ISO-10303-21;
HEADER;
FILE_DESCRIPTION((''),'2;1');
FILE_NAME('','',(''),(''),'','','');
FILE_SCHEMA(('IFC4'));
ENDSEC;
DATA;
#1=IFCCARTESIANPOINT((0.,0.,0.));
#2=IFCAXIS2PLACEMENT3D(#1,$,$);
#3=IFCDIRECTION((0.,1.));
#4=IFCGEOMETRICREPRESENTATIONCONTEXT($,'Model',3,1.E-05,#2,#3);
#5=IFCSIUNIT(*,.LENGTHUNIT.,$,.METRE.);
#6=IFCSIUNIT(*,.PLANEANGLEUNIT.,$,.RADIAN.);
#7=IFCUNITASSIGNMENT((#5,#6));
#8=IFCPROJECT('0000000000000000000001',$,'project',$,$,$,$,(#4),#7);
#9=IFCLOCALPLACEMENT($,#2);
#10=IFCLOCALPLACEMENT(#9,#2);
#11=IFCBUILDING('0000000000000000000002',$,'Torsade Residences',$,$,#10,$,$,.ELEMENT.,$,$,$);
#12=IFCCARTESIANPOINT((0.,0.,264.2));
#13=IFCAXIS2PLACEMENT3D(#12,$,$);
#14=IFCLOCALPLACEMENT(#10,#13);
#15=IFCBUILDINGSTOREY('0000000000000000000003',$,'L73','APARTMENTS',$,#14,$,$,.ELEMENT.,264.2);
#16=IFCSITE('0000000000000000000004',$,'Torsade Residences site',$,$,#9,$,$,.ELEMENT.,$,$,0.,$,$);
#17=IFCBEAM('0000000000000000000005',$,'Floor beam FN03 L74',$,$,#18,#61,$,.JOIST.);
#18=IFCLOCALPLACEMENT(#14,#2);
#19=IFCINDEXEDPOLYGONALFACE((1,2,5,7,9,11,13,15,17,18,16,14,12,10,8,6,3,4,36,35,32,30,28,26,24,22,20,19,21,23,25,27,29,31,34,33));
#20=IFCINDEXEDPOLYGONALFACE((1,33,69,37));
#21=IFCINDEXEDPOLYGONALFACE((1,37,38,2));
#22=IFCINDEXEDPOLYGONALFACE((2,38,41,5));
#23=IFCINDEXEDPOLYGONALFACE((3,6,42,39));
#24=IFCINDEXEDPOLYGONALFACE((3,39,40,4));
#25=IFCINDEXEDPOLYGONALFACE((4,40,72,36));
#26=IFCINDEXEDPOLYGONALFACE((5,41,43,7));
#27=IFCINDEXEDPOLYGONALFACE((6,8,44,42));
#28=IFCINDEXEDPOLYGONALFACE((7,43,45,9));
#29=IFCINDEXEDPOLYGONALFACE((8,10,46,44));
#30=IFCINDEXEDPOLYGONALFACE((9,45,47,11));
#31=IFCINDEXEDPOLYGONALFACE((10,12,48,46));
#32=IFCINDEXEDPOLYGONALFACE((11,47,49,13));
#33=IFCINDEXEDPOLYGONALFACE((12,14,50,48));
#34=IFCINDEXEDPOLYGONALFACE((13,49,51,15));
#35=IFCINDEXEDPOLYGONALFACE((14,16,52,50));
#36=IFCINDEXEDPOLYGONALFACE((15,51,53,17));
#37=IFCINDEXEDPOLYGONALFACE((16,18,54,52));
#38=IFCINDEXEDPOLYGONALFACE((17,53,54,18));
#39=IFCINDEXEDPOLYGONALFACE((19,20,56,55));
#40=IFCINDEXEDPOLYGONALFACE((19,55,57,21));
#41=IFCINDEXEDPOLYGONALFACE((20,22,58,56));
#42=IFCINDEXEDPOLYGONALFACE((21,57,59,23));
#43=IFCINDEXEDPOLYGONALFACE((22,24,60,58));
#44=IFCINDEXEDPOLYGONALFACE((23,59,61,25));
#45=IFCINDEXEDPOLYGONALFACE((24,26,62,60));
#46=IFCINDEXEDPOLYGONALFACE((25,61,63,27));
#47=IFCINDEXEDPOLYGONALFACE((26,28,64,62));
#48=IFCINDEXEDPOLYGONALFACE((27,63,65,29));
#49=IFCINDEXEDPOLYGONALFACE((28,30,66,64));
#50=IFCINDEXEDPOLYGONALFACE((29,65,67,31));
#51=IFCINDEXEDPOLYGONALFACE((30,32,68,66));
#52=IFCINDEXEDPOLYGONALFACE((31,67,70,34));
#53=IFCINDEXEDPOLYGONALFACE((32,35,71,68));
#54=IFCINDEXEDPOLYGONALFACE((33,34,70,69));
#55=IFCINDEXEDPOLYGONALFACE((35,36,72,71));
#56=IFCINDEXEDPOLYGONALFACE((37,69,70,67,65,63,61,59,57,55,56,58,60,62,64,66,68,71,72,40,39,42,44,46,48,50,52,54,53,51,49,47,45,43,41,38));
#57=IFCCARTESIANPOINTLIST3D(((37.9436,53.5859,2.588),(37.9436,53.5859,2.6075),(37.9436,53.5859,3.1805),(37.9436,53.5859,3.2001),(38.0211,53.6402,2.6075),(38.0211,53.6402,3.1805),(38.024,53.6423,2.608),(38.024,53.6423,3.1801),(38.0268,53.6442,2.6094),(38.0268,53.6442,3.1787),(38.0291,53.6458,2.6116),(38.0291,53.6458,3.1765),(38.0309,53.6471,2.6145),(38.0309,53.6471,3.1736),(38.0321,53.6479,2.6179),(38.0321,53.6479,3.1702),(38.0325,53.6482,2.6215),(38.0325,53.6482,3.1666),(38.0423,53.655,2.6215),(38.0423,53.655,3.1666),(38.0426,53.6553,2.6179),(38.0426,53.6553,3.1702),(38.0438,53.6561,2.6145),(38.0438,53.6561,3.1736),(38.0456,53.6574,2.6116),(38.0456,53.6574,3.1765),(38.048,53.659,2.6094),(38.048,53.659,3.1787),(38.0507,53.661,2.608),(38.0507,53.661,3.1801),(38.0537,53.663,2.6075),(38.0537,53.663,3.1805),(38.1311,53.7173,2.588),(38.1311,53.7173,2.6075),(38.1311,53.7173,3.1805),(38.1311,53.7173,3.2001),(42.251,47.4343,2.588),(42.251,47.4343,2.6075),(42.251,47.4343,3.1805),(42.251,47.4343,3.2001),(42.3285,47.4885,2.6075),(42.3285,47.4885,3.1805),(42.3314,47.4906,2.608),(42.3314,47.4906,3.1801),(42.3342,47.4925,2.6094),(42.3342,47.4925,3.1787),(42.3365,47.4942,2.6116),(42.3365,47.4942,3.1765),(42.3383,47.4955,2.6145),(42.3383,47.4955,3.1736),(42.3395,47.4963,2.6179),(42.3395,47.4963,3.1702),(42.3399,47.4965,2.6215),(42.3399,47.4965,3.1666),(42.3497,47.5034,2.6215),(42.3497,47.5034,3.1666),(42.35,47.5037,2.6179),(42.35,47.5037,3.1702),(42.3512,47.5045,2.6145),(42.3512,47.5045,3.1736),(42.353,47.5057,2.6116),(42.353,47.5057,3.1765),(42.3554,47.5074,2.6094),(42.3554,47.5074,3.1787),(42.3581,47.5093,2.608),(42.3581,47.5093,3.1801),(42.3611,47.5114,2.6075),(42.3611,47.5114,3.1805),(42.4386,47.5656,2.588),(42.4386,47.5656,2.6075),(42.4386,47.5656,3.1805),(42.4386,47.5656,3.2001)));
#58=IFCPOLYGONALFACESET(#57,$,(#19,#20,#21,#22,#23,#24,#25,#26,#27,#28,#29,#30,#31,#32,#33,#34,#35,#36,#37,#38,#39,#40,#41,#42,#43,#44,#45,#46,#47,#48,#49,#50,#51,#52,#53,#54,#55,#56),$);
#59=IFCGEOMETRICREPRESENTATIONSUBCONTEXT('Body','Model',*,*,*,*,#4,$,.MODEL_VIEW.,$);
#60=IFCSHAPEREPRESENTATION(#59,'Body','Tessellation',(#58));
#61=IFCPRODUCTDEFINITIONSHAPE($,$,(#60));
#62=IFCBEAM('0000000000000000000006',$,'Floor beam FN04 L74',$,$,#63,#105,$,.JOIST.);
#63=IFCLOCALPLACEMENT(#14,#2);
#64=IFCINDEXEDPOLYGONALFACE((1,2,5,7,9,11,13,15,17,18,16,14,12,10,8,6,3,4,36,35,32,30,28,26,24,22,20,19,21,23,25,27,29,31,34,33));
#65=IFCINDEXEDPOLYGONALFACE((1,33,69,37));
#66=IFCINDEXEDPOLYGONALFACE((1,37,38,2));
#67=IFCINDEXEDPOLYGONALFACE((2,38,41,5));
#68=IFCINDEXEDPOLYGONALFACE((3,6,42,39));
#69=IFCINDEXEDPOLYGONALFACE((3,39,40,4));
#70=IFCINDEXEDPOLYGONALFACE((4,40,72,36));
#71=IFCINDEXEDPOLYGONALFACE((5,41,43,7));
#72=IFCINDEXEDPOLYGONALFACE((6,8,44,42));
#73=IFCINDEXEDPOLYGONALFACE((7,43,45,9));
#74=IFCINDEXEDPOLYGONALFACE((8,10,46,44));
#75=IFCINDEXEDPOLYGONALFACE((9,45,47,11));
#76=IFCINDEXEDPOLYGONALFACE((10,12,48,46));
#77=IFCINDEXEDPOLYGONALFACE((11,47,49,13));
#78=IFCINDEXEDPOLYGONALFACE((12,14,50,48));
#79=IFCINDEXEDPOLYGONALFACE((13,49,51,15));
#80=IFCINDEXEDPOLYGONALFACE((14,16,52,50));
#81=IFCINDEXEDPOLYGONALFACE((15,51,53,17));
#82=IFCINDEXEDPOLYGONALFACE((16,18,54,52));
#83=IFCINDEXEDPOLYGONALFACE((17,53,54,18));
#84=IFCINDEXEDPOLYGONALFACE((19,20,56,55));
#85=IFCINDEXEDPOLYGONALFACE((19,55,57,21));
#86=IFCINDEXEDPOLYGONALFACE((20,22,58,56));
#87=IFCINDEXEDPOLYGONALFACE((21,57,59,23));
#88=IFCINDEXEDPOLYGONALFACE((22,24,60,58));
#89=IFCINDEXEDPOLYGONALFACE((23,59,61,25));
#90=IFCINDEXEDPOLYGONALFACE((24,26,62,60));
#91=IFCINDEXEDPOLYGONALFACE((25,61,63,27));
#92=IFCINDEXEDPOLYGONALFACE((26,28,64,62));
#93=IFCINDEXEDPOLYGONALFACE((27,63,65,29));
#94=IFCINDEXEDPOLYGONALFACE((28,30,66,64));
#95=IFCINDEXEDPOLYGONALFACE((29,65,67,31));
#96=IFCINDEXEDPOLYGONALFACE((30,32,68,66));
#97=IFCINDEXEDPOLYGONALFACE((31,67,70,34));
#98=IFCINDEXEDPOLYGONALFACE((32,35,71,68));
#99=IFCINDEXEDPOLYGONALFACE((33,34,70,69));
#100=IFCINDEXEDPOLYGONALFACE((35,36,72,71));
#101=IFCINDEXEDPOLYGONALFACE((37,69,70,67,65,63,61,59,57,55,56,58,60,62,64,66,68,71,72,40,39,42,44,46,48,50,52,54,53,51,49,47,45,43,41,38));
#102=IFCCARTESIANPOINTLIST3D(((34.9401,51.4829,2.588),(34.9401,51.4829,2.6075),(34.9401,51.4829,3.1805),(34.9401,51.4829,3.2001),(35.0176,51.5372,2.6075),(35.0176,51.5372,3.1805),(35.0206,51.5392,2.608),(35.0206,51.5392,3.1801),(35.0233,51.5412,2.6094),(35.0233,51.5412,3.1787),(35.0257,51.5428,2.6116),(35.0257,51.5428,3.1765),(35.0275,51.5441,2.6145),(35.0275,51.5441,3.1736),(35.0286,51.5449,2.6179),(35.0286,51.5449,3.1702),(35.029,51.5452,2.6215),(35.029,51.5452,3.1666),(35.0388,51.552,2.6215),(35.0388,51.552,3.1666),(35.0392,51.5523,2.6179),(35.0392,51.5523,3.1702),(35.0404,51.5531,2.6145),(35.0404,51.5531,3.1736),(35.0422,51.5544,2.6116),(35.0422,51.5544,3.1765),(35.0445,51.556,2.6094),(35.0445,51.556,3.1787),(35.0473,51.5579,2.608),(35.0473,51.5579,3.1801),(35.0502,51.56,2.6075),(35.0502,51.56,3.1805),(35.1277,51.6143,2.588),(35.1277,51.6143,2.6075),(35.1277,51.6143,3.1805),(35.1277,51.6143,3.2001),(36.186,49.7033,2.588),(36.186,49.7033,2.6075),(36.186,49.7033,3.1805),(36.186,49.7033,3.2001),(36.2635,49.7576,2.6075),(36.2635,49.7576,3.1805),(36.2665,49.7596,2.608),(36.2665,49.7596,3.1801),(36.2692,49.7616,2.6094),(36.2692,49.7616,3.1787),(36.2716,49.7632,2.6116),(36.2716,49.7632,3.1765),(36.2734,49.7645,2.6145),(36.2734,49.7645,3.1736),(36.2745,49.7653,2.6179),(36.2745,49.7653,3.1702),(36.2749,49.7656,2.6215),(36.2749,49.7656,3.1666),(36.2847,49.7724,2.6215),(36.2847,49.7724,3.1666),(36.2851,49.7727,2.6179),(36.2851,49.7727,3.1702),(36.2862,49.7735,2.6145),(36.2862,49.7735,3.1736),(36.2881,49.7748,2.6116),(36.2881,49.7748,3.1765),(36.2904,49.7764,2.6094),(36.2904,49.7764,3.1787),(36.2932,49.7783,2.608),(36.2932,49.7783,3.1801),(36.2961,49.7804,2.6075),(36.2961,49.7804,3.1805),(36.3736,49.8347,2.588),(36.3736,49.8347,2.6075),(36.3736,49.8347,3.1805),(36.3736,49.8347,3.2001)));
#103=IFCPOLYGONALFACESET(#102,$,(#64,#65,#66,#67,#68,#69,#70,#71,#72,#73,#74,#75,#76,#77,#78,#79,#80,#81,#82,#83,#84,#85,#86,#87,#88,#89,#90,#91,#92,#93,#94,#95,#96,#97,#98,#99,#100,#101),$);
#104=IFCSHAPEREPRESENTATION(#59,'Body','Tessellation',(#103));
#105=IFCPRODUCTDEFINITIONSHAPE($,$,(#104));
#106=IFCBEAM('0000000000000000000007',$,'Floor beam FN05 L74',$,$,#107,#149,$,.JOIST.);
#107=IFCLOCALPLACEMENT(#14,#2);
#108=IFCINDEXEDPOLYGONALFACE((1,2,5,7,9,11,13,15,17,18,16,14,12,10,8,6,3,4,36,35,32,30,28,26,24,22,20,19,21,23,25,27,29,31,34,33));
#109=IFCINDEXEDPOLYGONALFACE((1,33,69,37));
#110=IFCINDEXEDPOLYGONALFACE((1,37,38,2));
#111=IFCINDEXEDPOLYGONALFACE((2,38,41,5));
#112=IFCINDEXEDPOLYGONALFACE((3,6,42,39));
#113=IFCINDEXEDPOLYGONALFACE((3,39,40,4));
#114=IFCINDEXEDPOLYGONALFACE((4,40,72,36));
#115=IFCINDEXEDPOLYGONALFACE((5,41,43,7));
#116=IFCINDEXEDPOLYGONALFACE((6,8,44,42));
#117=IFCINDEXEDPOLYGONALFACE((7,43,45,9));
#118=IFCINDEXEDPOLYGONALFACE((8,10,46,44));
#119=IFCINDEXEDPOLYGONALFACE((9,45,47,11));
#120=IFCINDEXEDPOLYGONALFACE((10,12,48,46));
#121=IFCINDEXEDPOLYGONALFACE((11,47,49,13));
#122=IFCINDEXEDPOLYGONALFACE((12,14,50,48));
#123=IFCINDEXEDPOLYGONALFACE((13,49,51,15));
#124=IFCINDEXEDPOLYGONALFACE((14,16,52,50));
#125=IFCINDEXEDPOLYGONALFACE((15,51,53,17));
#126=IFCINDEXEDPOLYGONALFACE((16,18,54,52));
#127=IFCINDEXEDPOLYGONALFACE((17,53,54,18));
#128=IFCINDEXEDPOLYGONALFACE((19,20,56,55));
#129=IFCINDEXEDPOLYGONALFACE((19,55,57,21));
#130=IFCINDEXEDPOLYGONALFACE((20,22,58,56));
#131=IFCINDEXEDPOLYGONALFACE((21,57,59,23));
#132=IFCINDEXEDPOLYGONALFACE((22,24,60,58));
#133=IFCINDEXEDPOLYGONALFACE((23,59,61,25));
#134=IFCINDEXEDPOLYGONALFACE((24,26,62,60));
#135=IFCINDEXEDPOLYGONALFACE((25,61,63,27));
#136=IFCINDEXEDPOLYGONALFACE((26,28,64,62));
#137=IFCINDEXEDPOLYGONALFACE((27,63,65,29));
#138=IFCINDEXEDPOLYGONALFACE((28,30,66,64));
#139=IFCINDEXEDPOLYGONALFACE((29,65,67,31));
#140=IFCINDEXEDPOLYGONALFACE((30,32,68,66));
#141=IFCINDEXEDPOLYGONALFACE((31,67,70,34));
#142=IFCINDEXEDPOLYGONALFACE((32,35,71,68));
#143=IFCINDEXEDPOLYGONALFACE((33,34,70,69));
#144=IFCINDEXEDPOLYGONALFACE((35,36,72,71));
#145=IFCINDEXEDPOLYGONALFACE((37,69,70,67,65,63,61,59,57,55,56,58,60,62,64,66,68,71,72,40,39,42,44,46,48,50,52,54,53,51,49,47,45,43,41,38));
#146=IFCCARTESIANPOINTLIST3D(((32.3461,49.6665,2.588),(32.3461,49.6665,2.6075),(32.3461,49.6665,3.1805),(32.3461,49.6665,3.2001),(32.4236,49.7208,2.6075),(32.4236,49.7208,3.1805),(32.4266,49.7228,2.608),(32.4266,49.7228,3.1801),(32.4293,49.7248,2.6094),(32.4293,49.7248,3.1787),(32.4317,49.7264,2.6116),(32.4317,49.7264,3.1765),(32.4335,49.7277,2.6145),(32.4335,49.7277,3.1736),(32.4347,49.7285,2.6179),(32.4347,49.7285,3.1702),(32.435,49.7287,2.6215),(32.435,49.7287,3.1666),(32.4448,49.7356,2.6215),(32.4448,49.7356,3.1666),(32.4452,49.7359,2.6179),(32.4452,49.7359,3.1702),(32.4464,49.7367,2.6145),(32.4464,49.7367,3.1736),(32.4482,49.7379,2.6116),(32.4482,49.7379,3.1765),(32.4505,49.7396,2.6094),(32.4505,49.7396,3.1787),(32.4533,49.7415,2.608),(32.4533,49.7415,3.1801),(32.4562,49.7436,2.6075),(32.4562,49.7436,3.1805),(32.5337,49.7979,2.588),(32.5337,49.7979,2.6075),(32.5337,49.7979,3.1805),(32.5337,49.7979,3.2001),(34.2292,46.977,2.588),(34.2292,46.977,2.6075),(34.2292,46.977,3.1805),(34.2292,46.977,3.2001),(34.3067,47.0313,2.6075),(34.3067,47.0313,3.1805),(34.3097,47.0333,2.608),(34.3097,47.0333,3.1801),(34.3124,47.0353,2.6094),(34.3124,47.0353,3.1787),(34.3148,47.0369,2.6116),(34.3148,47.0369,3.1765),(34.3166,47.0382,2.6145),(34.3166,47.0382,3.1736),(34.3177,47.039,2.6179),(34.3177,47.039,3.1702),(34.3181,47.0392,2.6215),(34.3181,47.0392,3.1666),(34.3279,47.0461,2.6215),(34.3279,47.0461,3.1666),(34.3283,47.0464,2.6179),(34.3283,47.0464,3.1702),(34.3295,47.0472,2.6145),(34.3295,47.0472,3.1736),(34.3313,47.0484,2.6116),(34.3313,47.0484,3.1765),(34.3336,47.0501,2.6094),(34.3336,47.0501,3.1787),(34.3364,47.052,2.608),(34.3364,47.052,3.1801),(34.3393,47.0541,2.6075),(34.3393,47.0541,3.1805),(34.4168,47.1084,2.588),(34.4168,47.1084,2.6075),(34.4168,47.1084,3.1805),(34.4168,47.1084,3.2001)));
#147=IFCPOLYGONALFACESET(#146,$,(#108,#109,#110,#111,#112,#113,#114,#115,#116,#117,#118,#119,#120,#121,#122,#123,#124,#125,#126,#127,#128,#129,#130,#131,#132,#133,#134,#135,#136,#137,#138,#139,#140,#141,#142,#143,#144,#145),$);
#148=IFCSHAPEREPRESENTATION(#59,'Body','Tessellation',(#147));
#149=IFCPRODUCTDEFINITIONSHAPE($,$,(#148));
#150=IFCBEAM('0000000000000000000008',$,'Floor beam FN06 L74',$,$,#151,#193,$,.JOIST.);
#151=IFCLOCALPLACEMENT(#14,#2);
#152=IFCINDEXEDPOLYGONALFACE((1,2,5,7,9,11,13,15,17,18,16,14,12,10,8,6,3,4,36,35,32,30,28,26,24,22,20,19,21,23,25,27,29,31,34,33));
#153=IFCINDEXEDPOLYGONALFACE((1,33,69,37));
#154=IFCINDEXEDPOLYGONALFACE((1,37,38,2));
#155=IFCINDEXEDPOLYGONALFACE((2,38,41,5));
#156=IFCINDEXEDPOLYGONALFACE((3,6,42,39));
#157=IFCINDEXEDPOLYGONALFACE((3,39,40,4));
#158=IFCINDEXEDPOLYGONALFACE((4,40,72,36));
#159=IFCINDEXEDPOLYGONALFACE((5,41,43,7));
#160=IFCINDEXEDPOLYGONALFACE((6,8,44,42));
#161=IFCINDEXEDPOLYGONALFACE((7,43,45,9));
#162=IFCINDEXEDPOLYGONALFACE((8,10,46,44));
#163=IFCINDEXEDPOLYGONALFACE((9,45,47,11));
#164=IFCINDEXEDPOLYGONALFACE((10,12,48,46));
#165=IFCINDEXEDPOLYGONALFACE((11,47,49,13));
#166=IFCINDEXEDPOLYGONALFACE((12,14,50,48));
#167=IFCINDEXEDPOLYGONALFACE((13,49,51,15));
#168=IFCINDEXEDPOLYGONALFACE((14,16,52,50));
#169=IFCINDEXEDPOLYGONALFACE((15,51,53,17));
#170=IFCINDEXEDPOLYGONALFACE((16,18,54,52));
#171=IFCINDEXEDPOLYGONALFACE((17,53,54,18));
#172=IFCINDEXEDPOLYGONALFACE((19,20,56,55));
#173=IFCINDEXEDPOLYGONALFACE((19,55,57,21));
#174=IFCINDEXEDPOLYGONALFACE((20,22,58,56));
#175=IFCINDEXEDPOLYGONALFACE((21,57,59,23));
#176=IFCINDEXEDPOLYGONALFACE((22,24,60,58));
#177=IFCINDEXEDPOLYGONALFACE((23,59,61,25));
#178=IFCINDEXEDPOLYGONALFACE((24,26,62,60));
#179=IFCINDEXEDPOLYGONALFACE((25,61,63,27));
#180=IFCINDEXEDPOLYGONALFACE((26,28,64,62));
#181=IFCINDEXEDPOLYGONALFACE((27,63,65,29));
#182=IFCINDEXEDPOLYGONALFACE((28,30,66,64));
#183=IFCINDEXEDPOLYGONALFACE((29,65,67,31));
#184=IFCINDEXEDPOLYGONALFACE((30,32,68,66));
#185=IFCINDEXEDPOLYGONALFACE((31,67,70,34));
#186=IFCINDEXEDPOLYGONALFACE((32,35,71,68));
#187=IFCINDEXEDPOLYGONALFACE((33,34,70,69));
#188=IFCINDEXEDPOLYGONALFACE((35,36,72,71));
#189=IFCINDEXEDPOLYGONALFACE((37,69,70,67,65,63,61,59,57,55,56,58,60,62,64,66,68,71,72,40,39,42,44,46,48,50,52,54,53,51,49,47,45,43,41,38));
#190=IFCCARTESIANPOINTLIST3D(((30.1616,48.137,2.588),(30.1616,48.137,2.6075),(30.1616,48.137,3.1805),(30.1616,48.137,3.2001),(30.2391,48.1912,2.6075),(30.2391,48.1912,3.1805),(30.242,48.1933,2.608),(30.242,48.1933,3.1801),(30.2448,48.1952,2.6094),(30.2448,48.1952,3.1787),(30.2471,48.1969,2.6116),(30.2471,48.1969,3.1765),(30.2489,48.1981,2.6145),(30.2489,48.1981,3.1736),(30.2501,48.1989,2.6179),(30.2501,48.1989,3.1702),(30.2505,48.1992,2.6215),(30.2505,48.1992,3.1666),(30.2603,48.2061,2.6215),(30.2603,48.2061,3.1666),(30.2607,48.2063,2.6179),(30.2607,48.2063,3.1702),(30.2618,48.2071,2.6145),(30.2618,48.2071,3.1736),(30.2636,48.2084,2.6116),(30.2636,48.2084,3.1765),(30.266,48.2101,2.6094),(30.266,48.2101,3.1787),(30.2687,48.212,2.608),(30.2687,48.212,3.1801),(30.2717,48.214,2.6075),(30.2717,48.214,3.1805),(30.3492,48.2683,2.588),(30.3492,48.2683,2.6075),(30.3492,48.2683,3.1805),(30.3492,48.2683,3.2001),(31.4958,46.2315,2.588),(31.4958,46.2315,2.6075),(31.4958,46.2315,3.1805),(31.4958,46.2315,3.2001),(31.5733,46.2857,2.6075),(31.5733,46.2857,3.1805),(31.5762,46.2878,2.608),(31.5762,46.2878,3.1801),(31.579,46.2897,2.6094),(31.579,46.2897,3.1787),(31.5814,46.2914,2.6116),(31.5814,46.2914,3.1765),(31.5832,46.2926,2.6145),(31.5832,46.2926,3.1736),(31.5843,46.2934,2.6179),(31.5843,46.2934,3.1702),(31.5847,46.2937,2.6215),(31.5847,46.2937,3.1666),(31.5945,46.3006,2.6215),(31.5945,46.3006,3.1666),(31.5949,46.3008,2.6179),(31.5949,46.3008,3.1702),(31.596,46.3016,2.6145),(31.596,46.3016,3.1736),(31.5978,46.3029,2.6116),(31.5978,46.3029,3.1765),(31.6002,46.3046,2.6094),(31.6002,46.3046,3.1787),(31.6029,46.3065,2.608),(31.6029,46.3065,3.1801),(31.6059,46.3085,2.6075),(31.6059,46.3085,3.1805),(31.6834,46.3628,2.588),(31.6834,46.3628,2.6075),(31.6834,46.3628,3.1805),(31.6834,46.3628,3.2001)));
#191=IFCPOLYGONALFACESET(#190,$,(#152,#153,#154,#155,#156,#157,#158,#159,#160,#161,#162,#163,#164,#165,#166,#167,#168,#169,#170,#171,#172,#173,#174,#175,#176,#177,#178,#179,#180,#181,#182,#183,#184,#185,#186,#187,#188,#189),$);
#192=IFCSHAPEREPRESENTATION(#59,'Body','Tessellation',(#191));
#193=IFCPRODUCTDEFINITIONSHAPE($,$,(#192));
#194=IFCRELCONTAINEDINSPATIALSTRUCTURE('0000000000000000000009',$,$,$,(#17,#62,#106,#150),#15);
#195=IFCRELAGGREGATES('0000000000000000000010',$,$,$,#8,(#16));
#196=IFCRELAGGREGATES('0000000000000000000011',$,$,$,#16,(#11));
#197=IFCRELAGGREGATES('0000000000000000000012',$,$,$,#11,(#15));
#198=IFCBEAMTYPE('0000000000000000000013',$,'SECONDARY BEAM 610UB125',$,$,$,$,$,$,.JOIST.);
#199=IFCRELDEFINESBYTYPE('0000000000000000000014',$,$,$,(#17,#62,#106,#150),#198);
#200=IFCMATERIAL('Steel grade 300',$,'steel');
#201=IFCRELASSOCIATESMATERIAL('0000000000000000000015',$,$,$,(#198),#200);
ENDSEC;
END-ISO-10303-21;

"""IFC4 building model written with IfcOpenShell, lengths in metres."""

from ifc_helpers import new_model, si_unit, direction, frame, origin, origin_2d, place, context, subcontext, project, spatial, i_section, extrude, material, material_profile, profile_set, type_object, element, save


model = new_model("IFC4")

# Units and contexts
model_context = context("Model", 3, precision=1e-05, world=origin(), true_north=direction((0.0, 1.0)))
body_context = subcontext(model_context, "Body", "Model", "MODEL_VIEW")
ifc_project = project(units=[si_unit("LENGTHUNIT", "METRE"), si_unit("PLANEANGLEUNIT", "RADIAN")], contexts=[model_context])

# Site, building, storey
site_placement = place(None, origin())
site = spatial("IfcSite", under=ifc_project, at=site_placement, Name="Torsade Residences site", CompositionType="ELEMENT", RefElevation=0.0)
building_placement = place(site_placement, origin())
building = spatial("IfcBuilding", under=site, at=building_placement, Name="Torsade Residences", CompositionType="ELEMENT")
storey_placement = place(building_placement, frame((0.0, 0.0, 264.2)))
storey = spatial("IfcBuildingStorey", under=building, at=storey_placement, Name="L73", Description="APARTMENTS", CompositionType="ELEMENT", Elevation=264.2)

# Beams
ifc_material_1 = material(Name="Steel grade 300", Category="steel")
ifc_material_profile_1 = material_profile(ifc_material_1, i_section(OverallWidth=0.229, OverallDepth=0.6121, WebThickness=0.012, FlangeThickness=0.0195, FilletRadius=0.0139, at=origin_2d()), Name="610UB125")
ifc_profile_set_1 = profile_set([ifc_material_profile_1], Name="Steel grade 300")
beam_type_1 = type_object("IfcBeamType", Name="SECONDARY BEAM 610UB125", PredefinedType="JOIST", material=ifc_profile_set_1)
beam_1_placement = place(storey_placement, frame((38.0374, 53.6516, 2.894), z_axis=(0.573574, -0.819154, 0.0), x_axis=(0.819154, 0.573574, 0.0)))
element("IfcBeam", 1, at=beam_1_placement, inside=storey, type_object=beam_type_1, Name="Floor beam FN03 L74", PredefinedType="JOIST", context=body_context, shape_type="SweptSolid", body=[
    extrude(i_section(OverallWidth=0.229, OverallDepth=0.6121, WebThickness=0.012, FlangeThickness=0.0195, FilletRadius=0.0139, at=origin_2d()), origin(), (0.0, 0.0, 1.0), 7.5098),
])
beam_2_placement = place(storey_placement, frame((35.0339, 51.5486, 2.894), z_axis=(0.573515, -0.819195, 0.0), x_axis=(0.819195, 0.573515, 0.0)))
element("IfcBeam", 2, at=beam_2_placement, inside=storey, type_object=beam_type_1, Name="Floor beam FN04 L74", PredefinedType="JOIST", context=body_context, shape_type="SweptSolid", body=[
    extrude(i_section(OverallWidth=0.229, OverallDepth=0.6121, WebThickness=0.012, FlangeThickness=0.0195, FilletRadius=0.0139, at=origin_2d()), origin(), (0.0, 0.0, 1.0), 2.1724),
])
beam_3_placement = place(storey_placement, frame((32.4399, 49.7322, 2.894), z_axis=(0.573552, -0.819169, 0.0), x_axis=(0.819169, 0.573552, 0.0)))
element("IfcBeam", 3, at=beam_3_placement, inside=storey, type_object=beam_type_1, Name="Floor beam FN05 L74", PredefinedType="JOIST", context=body_context, shape_type="SweptSolid", body=[
    extrude(i_section(OverallWidth=0.229, OverallDepth=0.6121, WebThickness=0.012, FlangeThickness=0.0195, FilletRadius=0.0139, at=origin_2d()), origin(), (0.0, 0.0, 1.0), 3.2832),
])
beam_4_placement = place(storey_placement, frame((30.2554, 48.2026, 2.894), z_axis=(0.573568, -0.819158, 0.0), x_axis=(0.819158, 0.573568, 0.0)))
element("IfcBeam", 4, at=beam_4_placement, inside=storey, type_object=beam_type_1, Name="Floor beam FN06 L74", PredefinedType="JOIST", context=body_context, shape_type="SweptSolid", body=[
    extrude(i_section(OverallWidth=0.229, OverallDepth=0.6121, WebThickness=0.012, FlangeThickness=0.0195, FilletRadius=0.0139, at=origin_2d()), origin(), (0.0, 0.0, 1.0), 2.3262),
])

save(model, "model.ifc")
